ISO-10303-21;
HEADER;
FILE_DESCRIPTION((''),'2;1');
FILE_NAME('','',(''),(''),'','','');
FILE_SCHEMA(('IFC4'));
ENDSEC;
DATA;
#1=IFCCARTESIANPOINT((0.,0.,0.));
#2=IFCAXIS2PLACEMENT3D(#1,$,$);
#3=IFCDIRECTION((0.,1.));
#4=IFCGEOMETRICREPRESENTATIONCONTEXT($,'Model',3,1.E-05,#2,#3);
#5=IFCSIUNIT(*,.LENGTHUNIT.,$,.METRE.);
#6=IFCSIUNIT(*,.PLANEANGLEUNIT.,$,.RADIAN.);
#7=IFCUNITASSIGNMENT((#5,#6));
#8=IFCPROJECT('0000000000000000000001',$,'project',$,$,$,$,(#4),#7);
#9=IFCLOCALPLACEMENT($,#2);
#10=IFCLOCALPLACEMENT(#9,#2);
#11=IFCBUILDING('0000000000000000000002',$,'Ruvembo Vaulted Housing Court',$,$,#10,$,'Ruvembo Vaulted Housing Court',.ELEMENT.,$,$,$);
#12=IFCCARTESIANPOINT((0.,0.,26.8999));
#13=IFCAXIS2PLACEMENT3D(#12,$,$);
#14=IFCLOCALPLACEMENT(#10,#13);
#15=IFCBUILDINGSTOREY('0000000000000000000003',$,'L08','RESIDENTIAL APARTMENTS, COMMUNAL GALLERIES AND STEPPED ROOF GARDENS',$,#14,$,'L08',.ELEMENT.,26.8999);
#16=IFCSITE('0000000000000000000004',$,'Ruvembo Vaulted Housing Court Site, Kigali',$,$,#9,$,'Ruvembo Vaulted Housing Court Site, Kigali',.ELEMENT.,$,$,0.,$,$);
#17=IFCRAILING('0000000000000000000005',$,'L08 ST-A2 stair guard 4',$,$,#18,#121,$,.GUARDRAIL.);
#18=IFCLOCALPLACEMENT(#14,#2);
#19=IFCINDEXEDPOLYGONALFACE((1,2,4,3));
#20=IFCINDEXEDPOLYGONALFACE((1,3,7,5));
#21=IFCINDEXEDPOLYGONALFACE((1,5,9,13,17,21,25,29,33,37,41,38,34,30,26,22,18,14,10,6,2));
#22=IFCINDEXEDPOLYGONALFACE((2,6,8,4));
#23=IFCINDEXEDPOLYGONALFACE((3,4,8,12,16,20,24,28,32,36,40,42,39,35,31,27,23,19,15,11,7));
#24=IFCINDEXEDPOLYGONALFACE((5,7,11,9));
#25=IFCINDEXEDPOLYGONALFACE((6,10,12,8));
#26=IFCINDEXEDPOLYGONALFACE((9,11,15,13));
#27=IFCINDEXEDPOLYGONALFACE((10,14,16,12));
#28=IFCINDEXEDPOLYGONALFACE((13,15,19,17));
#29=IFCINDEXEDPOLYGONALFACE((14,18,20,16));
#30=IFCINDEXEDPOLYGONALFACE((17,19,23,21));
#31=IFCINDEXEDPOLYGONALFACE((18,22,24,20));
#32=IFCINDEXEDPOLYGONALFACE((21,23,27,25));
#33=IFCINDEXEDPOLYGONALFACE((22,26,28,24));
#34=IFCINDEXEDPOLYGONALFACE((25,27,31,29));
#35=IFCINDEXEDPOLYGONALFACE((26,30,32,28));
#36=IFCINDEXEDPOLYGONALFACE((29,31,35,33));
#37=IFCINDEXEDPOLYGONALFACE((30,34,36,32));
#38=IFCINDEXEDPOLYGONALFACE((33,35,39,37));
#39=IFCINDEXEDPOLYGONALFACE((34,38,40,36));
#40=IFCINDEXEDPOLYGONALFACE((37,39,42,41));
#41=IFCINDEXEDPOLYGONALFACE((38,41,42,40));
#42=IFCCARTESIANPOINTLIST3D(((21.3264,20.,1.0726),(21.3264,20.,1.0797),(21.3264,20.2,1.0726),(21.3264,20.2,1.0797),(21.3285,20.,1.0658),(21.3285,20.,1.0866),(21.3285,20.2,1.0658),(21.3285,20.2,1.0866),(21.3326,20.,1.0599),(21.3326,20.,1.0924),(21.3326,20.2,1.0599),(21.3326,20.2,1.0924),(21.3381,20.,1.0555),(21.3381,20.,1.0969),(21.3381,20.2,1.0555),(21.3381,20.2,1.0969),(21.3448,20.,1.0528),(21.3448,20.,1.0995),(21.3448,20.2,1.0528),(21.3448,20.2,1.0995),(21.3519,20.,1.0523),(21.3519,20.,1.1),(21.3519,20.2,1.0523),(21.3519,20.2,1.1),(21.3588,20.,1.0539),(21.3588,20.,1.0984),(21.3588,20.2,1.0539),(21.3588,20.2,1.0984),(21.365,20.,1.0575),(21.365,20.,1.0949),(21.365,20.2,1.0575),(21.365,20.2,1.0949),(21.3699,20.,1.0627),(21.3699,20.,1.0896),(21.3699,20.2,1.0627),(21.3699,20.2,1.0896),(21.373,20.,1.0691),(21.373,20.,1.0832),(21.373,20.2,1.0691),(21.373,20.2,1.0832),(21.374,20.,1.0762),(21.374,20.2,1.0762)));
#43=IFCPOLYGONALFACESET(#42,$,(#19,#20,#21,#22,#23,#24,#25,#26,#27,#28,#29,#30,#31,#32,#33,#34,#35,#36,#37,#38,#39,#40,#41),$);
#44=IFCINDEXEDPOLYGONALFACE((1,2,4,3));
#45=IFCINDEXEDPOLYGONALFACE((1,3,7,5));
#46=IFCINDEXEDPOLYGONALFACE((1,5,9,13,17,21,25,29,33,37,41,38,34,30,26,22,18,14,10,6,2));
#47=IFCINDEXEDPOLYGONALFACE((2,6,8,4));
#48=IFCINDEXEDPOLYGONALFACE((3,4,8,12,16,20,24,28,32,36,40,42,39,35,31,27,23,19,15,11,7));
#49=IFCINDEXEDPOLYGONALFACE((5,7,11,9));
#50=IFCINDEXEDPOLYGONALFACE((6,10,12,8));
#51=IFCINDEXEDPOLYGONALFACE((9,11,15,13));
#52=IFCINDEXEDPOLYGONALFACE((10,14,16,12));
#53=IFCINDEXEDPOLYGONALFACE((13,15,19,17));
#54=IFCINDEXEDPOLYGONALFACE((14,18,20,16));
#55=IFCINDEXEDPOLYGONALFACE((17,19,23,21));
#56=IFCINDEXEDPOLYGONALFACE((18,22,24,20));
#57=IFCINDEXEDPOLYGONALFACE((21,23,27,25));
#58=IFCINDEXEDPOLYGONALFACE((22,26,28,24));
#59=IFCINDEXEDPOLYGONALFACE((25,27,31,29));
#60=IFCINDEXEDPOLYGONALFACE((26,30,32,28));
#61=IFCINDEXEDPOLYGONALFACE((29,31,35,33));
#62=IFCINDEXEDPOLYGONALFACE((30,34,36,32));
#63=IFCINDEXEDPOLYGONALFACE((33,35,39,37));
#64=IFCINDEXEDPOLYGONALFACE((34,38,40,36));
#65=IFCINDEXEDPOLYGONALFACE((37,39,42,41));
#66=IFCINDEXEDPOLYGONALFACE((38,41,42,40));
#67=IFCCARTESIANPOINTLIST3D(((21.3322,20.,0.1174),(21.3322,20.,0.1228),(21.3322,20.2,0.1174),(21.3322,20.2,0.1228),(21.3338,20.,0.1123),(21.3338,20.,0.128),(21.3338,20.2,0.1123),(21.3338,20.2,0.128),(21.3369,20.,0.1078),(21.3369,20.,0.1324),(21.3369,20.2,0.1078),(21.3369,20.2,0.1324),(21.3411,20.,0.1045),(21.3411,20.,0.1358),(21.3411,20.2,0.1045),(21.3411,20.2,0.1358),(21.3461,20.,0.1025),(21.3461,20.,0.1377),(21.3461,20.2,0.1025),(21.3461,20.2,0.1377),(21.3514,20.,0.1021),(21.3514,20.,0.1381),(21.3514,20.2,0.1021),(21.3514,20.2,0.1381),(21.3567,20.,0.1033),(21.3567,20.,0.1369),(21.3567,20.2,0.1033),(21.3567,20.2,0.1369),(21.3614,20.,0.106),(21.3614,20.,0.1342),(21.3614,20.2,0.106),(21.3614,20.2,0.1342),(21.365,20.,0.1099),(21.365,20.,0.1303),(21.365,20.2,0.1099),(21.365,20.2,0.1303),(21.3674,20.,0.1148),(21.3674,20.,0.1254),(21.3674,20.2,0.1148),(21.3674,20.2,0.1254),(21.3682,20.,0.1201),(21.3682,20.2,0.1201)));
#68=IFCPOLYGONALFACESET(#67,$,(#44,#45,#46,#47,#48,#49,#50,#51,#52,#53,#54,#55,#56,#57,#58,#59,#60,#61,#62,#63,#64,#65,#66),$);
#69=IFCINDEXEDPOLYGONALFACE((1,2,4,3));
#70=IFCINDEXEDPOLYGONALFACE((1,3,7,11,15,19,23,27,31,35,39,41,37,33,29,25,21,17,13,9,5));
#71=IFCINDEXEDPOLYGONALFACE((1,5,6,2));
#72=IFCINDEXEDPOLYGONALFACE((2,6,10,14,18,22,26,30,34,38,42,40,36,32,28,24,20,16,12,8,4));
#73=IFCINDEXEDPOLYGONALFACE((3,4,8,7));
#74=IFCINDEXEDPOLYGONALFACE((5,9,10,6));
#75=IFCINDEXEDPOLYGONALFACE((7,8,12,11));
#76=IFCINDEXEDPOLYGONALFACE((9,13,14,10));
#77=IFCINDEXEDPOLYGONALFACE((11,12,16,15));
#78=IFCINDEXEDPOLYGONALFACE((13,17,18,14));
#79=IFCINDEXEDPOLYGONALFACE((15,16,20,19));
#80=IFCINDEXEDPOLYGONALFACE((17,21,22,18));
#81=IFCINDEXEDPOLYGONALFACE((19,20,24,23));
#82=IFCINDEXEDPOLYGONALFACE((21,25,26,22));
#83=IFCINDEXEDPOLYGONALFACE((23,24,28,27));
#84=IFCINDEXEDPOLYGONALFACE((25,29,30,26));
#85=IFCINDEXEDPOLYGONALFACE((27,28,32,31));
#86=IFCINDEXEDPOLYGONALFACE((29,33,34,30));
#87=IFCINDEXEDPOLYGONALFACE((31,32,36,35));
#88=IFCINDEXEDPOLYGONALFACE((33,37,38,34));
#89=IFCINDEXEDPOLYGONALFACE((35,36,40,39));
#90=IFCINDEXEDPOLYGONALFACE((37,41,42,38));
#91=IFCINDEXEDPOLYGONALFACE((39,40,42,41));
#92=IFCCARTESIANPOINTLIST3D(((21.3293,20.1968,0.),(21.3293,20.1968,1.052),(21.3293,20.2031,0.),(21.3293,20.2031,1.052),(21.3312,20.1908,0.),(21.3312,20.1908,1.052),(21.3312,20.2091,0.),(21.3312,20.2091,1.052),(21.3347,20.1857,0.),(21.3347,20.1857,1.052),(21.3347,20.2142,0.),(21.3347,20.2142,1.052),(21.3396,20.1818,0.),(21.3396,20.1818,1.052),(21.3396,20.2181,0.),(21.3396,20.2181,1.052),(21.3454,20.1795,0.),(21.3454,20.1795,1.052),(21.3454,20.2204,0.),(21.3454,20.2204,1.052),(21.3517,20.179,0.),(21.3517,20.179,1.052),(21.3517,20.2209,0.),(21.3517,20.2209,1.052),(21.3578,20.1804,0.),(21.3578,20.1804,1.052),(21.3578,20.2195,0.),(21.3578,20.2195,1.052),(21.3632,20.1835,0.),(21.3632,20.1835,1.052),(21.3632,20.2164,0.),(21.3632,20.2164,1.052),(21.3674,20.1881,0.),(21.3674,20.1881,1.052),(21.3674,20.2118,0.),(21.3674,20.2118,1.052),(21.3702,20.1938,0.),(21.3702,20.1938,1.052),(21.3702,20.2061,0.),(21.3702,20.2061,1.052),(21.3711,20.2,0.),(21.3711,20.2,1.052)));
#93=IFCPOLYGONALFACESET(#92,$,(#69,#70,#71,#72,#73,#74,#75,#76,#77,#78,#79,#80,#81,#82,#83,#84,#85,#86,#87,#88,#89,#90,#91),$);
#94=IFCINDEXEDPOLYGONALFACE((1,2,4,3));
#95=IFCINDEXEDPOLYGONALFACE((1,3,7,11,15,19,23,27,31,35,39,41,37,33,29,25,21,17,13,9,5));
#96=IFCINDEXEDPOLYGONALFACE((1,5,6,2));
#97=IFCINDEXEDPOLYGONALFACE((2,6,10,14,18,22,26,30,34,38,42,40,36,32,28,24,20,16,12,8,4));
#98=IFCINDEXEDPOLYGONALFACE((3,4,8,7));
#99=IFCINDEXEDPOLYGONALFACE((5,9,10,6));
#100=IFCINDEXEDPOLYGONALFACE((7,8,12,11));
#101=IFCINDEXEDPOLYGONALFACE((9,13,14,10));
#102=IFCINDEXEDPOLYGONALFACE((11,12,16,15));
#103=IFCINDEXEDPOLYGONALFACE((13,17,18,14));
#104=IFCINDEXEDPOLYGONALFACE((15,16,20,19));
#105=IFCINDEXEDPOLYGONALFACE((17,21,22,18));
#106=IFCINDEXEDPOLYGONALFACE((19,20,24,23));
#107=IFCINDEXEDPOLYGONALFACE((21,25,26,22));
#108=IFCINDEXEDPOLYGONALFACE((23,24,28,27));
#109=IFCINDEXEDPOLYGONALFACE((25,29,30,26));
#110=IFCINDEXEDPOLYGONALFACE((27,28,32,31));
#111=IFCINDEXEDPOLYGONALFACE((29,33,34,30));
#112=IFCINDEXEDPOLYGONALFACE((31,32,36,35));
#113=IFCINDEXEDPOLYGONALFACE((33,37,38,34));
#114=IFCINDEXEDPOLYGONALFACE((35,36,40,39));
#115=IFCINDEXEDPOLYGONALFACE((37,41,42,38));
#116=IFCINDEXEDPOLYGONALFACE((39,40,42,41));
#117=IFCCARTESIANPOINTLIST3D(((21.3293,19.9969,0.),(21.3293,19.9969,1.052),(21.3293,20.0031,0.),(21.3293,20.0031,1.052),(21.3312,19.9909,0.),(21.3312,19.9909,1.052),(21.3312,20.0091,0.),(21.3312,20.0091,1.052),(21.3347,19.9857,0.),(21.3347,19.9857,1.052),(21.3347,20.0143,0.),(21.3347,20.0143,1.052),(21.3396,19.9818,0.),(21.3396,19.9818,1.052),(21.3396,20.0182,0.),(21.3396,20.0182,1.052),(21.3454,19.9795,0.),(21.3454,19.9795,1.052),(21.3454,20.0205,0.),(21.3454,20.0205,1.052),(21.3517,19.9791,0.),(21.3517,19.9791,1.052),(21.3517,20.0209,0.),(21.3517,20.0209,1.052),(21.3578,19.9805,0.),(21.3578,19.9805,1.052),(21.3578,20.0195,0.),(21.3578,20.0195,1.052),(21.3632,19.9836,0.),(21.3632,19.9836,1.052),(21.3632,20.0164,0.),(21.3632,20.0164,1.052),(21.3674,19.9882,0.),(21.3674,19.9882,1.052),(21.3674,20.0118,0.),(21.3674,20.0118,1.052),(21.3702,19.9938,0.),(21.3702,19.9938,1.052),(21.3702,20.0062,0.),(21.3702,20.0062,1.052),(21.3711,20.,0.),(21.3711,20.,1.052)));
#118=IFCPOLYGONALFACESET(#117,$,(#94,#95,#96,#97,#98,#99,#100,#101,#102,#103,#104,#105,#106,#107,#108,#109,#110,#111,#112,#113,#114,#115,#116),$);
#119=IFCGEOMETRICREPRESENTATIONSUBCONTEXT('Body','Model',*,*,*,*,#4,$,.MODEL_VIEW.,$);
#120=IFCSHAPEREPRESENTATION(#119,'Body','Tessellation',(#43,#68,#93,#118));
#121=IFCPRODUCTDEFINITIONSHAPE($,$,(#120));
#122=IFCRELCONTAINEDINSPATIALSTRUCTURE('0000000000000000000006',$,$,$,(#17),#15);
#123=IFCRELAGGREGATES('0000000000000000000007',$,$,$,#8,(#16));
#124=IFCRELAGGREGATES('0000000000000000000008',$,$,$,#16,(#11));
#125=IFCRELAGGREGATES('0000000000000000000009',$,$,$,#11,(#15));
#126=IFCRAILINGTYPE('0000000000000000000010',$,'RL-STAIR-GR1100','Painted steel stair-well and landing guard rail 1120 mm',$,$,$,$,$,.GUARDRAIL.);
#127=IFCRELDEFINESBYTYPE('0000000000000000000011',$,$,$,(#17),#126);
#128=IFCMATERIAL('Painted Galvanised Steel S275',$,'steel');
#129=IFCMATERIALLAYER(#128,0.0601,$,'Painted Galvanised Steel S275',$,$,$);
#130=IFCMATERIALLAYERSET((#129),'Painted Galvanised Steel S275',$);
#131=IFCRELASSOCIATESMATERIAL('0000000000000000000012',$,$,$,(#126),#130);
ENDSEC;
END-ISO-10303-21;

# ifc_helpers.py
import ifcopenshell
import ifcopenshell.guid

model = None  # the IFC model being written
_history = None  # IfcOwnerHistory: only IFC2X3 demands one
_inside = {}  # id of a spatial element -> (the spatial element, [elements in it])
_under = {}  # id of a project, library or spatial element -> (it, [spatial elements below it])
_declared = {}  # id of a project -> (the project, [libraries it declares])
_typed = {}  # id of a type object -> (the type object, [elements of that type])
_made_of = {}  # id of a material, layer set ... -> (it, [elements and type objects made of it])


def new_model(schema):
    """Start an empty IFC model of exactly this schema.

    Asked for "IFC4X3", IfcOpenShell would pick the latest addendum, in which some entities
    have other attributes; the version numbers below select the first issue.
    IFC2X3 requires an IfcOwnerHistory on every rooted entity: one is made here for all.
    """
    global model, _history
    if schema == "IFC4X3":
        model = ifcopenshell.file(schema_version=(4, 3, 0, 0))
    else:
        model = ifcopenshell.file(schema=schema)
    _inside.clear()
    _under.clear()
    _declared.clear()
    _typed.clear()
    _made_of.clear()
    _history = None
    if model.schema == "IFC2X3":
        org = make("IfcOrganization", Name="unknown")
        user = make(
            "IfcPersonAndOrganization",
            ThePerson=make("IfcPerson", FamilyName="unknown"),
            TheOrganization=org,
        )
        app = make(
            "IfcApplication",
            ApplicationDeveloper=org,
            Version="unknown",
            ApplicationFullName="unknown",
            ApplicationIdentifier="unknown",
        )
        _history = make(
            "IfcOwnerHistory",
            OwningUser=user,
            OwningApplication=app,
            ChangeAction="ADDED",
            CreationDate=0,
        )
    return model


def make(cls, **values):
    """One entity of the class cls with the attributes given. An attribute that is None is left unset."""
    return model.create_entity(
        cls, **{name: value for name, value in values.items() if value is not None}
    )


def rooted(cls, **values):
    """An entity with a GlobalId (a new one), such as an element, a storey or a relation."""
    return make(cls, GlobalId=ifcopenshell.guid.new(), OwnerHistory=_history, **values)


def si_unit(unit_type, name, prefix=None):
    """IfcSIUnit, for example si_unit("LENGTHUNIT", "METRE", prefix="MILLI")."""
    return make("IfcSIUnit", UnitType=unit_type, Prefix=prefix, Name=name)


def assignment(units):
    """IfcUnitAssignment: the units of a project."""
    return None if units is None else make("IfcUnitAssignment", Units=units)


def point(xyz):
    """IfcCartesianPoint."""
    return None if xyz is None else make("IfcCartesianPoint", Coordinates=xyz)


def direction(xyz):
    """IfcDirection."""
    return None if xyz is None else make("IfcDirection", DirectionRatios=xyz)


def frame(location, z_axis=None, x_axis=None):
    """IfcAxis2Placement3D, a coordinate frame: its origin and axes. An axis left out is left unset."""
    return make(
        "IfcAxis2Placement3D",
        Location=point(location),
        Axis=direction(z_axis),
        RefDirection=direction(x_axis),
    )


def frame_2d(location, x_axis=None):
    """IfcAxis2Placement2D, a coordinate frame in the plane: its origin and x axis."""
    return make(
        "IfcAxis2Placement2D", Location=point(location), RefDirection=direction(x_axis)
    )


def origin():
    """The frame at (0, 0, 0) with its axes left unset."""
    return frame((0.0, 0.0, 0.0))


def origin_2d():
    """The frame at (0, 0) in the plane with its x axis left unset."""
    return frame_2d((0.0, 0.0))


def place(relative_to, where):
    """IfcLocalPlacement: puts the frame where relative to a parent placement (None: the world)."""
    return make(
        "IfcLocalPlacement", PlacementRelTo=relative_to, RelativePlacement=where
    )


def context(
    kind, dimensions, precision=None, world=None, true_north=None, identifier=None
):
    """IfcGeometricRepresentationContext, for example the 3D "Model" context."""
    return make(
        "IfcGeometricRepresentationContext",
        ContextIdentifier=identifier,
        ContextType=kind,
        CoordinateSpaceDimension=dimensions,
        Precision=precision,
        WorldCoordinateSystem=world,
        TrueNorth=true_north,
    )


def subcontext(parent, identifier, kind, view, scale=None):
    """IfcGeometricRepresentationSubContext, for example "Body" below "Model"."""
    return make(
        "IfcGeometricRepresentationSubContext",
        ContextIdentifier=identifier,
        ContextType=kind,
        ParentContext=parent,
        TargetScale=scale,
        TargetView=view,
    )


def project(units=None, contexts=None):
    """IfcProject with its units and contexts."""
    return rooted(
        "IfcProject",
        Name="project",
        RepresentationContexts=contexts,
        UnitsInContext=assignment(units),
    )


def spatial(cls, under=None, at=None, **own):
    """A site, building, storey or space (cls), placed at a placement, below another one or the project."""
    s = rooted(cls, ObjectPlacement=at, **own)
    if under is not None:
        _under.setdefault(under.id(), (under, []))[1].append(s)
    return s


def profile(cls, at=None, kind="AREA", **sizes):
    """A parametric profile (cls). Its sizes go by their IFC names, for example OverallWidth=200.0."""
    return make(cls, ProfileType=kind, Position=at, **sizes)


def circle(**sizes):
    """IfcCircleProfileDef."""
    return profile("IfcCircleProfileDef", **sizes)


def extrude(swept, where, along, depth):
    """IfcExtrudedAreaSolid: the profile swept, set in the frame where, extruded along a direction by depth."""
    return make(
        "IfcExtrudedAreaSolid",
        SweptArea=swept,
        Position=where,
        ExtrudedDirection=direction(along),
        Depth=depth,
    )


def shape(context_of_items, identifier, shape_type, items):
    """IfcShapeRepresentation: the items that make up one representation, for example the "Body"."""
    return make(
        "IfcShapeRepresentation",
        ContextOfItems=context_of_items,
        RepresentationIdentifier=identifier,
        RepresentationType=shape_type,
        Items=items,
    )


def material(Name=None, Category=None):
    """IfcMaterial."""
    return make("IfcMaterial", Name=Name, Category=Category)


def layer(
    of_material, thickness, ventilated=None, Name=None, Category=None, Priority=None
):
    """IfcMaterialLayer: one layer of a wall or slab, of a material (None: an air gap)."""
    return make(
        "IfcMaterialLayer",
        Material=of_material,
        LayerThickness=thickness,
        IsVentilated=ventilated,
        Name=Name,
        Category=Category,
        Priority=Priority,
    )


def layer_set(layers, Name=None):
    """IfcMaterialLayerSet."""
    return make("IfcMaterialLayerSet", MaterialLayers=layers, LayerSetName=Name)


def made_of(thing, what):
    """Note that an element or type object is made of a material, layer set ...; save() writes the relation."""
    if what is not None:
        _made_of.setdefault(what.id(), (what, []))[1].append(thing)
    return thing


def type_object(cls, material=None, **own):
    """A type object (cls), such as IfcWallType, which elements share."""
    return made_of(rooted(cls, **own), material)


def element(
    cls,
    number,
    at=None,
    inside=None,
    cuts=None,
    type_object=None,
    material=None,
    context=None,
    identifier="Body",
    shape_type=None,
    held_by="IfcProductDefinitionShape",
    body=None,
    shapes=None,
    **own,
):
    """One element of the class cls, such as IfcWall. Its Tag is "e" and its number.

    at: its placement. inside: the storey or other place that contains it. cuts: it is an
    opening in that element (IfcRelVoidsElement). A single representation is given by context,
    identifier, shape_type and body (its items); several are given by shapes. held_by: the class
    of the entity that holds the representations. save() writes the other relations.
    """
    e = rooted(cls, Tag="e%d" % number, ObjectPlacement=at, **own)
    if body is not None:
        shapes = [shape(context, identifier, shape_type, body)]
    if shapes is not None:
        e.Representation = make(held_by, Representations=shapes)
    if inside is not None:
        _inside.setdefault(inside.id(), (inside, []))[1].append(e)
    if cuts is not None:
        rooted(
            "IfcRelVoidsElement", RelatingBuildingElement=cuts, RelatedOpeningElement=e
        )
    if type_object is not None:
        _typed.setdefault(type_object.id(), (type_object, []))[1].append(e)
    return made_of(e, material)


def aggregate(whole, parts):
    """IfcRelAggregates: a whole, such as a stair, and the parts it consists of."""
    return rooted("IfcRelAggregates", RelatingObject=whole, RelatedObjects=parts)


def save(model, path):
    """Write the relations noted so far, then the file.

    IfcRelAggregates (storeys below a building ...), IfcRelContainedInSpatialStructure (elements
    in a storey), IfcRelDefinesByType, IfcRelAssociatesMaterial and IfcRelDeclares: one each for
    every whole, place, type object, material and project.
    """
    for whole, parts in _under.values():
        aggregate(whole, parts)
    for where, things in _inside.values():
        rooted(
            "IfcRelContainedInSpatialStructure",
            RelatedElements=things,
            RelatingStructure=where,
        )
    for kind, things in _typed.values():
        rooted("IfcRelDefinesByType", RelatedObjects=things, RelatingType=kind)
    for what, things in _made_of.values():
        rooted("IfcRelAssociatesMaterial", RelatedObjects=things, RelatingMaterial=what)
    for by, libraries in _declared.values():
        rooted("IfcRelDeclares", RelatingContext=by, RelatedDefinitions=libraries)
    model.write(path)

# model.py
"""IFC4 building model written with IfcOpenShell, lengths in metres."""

from ifc_helpers import new_model, si_unit, direction, frame, origin, origin_2d, place, context, subcontext, project, spatial, circle, extrude, material, layer, layer_set, type_object, element, save


model = new_model("IFC4")

# Units and contexts
model_context = context("Model", 3, precision=1e-05, world=origin(), true_north=direction((0.0, 1.0)))
body_context = subcontext(model_context, "Body", "Model", "MODEL_VIEW")
ifc_project = project(units=[si_unit("LENGTHUNIT", "METRE"), si_unit("PLANEANGLEUNIT", "RADIAN")], contexts=[model_context])

# Site, building, storey
site_placement = place(None, origin())
site = spatial("IfcSite", under=ifc_project, at=site_placement, Name="Ruvembo Vaulted Housing Court Site, Kigali", LongName="Ruvembo Vaulted Housing Court Site, Kigali", CompositionType="ELEMENT", RefElevation=0.0)
building_placement = place(site_placement, origin())
building = spatial("IfcBuilding", under=site, at=building_placement, Name="Ruvembo Vaulted Housing Court", LongName="Ruvembo Vaulted Housing Court", CompositionType="ELEMENT")
storey_placement = place(building_placement, frame((0.0, 0.0, 26.8999)))
storey = spatial("IfcBuildingStorey", under=building, at=storey_placement, Name="L08", Description="RESIDENTIAL APARTMENTS, COMMUNAL GALLERIES AND STEPPED ROOF GARDENS", LongName="L08", CompositionType="ELEMENT", Elevation=26.8999)

# Railing
ifc_material_1 = material(Name="Painted Galvanised Steel S275", Category="steel")
ifc_layer_1 = layer(ifc_material_1, 0.0601, Name="Painted Galvanised Steel S275")
ifc_layer_set_1 = layer_set([ifc_layer_1], Name="Painted Galvanised Steel S275")
railing_type_1 = type_object("IfcRailingType", Name="RL-STAIR-GR1100", Description="Painted steel stair-well and landing guard rail 1120 mm", PredefinedType="GUARDRAIL", material=ifc_layer_set_1)
railing_1_placement = place(storey_placement, frame((21.3501, 20.2, 0.0)))
element("IfcRailing", 1, at=railing_1_placement, inside=storey, type_object=railing_type_1, Name="L08 ST-A2 stair guard 4", PredefinedType="GUARDRAIL", context=body_context, shape_type="SweptSolid", body=[
    extrude(circle(Radius=0.0239, at=origin_2d()), frame((0.0, 0.0, 1.0762), z_axis=(0.0, -1.0, 0.0), x_axis=(1.0, 0.0, 0.0)), (0.0, 0.0, 1.0), 0.2),
    extrude(circle(Radius=0.0181, at=origin_2d()), frame((0.0, 0.0, 0.1201), z_axis=(0.0, -1.0, 0.0), x_axis=(1.0, 0.0, 0.0)), (0.0, 0.0, 1.0), 0.2),
    extrude(circle(Radius=0.021, at=origin_2d()), origin(), (0.0, 0.0, 1.0), 1.052),
    extrude(circle(Radius=0.021, at=origin_2d()), frame((0.0, -0.2, 0.0)), (0.0, 0.0, 1.0), 1.052),
])

save(model, "model.ifc")
